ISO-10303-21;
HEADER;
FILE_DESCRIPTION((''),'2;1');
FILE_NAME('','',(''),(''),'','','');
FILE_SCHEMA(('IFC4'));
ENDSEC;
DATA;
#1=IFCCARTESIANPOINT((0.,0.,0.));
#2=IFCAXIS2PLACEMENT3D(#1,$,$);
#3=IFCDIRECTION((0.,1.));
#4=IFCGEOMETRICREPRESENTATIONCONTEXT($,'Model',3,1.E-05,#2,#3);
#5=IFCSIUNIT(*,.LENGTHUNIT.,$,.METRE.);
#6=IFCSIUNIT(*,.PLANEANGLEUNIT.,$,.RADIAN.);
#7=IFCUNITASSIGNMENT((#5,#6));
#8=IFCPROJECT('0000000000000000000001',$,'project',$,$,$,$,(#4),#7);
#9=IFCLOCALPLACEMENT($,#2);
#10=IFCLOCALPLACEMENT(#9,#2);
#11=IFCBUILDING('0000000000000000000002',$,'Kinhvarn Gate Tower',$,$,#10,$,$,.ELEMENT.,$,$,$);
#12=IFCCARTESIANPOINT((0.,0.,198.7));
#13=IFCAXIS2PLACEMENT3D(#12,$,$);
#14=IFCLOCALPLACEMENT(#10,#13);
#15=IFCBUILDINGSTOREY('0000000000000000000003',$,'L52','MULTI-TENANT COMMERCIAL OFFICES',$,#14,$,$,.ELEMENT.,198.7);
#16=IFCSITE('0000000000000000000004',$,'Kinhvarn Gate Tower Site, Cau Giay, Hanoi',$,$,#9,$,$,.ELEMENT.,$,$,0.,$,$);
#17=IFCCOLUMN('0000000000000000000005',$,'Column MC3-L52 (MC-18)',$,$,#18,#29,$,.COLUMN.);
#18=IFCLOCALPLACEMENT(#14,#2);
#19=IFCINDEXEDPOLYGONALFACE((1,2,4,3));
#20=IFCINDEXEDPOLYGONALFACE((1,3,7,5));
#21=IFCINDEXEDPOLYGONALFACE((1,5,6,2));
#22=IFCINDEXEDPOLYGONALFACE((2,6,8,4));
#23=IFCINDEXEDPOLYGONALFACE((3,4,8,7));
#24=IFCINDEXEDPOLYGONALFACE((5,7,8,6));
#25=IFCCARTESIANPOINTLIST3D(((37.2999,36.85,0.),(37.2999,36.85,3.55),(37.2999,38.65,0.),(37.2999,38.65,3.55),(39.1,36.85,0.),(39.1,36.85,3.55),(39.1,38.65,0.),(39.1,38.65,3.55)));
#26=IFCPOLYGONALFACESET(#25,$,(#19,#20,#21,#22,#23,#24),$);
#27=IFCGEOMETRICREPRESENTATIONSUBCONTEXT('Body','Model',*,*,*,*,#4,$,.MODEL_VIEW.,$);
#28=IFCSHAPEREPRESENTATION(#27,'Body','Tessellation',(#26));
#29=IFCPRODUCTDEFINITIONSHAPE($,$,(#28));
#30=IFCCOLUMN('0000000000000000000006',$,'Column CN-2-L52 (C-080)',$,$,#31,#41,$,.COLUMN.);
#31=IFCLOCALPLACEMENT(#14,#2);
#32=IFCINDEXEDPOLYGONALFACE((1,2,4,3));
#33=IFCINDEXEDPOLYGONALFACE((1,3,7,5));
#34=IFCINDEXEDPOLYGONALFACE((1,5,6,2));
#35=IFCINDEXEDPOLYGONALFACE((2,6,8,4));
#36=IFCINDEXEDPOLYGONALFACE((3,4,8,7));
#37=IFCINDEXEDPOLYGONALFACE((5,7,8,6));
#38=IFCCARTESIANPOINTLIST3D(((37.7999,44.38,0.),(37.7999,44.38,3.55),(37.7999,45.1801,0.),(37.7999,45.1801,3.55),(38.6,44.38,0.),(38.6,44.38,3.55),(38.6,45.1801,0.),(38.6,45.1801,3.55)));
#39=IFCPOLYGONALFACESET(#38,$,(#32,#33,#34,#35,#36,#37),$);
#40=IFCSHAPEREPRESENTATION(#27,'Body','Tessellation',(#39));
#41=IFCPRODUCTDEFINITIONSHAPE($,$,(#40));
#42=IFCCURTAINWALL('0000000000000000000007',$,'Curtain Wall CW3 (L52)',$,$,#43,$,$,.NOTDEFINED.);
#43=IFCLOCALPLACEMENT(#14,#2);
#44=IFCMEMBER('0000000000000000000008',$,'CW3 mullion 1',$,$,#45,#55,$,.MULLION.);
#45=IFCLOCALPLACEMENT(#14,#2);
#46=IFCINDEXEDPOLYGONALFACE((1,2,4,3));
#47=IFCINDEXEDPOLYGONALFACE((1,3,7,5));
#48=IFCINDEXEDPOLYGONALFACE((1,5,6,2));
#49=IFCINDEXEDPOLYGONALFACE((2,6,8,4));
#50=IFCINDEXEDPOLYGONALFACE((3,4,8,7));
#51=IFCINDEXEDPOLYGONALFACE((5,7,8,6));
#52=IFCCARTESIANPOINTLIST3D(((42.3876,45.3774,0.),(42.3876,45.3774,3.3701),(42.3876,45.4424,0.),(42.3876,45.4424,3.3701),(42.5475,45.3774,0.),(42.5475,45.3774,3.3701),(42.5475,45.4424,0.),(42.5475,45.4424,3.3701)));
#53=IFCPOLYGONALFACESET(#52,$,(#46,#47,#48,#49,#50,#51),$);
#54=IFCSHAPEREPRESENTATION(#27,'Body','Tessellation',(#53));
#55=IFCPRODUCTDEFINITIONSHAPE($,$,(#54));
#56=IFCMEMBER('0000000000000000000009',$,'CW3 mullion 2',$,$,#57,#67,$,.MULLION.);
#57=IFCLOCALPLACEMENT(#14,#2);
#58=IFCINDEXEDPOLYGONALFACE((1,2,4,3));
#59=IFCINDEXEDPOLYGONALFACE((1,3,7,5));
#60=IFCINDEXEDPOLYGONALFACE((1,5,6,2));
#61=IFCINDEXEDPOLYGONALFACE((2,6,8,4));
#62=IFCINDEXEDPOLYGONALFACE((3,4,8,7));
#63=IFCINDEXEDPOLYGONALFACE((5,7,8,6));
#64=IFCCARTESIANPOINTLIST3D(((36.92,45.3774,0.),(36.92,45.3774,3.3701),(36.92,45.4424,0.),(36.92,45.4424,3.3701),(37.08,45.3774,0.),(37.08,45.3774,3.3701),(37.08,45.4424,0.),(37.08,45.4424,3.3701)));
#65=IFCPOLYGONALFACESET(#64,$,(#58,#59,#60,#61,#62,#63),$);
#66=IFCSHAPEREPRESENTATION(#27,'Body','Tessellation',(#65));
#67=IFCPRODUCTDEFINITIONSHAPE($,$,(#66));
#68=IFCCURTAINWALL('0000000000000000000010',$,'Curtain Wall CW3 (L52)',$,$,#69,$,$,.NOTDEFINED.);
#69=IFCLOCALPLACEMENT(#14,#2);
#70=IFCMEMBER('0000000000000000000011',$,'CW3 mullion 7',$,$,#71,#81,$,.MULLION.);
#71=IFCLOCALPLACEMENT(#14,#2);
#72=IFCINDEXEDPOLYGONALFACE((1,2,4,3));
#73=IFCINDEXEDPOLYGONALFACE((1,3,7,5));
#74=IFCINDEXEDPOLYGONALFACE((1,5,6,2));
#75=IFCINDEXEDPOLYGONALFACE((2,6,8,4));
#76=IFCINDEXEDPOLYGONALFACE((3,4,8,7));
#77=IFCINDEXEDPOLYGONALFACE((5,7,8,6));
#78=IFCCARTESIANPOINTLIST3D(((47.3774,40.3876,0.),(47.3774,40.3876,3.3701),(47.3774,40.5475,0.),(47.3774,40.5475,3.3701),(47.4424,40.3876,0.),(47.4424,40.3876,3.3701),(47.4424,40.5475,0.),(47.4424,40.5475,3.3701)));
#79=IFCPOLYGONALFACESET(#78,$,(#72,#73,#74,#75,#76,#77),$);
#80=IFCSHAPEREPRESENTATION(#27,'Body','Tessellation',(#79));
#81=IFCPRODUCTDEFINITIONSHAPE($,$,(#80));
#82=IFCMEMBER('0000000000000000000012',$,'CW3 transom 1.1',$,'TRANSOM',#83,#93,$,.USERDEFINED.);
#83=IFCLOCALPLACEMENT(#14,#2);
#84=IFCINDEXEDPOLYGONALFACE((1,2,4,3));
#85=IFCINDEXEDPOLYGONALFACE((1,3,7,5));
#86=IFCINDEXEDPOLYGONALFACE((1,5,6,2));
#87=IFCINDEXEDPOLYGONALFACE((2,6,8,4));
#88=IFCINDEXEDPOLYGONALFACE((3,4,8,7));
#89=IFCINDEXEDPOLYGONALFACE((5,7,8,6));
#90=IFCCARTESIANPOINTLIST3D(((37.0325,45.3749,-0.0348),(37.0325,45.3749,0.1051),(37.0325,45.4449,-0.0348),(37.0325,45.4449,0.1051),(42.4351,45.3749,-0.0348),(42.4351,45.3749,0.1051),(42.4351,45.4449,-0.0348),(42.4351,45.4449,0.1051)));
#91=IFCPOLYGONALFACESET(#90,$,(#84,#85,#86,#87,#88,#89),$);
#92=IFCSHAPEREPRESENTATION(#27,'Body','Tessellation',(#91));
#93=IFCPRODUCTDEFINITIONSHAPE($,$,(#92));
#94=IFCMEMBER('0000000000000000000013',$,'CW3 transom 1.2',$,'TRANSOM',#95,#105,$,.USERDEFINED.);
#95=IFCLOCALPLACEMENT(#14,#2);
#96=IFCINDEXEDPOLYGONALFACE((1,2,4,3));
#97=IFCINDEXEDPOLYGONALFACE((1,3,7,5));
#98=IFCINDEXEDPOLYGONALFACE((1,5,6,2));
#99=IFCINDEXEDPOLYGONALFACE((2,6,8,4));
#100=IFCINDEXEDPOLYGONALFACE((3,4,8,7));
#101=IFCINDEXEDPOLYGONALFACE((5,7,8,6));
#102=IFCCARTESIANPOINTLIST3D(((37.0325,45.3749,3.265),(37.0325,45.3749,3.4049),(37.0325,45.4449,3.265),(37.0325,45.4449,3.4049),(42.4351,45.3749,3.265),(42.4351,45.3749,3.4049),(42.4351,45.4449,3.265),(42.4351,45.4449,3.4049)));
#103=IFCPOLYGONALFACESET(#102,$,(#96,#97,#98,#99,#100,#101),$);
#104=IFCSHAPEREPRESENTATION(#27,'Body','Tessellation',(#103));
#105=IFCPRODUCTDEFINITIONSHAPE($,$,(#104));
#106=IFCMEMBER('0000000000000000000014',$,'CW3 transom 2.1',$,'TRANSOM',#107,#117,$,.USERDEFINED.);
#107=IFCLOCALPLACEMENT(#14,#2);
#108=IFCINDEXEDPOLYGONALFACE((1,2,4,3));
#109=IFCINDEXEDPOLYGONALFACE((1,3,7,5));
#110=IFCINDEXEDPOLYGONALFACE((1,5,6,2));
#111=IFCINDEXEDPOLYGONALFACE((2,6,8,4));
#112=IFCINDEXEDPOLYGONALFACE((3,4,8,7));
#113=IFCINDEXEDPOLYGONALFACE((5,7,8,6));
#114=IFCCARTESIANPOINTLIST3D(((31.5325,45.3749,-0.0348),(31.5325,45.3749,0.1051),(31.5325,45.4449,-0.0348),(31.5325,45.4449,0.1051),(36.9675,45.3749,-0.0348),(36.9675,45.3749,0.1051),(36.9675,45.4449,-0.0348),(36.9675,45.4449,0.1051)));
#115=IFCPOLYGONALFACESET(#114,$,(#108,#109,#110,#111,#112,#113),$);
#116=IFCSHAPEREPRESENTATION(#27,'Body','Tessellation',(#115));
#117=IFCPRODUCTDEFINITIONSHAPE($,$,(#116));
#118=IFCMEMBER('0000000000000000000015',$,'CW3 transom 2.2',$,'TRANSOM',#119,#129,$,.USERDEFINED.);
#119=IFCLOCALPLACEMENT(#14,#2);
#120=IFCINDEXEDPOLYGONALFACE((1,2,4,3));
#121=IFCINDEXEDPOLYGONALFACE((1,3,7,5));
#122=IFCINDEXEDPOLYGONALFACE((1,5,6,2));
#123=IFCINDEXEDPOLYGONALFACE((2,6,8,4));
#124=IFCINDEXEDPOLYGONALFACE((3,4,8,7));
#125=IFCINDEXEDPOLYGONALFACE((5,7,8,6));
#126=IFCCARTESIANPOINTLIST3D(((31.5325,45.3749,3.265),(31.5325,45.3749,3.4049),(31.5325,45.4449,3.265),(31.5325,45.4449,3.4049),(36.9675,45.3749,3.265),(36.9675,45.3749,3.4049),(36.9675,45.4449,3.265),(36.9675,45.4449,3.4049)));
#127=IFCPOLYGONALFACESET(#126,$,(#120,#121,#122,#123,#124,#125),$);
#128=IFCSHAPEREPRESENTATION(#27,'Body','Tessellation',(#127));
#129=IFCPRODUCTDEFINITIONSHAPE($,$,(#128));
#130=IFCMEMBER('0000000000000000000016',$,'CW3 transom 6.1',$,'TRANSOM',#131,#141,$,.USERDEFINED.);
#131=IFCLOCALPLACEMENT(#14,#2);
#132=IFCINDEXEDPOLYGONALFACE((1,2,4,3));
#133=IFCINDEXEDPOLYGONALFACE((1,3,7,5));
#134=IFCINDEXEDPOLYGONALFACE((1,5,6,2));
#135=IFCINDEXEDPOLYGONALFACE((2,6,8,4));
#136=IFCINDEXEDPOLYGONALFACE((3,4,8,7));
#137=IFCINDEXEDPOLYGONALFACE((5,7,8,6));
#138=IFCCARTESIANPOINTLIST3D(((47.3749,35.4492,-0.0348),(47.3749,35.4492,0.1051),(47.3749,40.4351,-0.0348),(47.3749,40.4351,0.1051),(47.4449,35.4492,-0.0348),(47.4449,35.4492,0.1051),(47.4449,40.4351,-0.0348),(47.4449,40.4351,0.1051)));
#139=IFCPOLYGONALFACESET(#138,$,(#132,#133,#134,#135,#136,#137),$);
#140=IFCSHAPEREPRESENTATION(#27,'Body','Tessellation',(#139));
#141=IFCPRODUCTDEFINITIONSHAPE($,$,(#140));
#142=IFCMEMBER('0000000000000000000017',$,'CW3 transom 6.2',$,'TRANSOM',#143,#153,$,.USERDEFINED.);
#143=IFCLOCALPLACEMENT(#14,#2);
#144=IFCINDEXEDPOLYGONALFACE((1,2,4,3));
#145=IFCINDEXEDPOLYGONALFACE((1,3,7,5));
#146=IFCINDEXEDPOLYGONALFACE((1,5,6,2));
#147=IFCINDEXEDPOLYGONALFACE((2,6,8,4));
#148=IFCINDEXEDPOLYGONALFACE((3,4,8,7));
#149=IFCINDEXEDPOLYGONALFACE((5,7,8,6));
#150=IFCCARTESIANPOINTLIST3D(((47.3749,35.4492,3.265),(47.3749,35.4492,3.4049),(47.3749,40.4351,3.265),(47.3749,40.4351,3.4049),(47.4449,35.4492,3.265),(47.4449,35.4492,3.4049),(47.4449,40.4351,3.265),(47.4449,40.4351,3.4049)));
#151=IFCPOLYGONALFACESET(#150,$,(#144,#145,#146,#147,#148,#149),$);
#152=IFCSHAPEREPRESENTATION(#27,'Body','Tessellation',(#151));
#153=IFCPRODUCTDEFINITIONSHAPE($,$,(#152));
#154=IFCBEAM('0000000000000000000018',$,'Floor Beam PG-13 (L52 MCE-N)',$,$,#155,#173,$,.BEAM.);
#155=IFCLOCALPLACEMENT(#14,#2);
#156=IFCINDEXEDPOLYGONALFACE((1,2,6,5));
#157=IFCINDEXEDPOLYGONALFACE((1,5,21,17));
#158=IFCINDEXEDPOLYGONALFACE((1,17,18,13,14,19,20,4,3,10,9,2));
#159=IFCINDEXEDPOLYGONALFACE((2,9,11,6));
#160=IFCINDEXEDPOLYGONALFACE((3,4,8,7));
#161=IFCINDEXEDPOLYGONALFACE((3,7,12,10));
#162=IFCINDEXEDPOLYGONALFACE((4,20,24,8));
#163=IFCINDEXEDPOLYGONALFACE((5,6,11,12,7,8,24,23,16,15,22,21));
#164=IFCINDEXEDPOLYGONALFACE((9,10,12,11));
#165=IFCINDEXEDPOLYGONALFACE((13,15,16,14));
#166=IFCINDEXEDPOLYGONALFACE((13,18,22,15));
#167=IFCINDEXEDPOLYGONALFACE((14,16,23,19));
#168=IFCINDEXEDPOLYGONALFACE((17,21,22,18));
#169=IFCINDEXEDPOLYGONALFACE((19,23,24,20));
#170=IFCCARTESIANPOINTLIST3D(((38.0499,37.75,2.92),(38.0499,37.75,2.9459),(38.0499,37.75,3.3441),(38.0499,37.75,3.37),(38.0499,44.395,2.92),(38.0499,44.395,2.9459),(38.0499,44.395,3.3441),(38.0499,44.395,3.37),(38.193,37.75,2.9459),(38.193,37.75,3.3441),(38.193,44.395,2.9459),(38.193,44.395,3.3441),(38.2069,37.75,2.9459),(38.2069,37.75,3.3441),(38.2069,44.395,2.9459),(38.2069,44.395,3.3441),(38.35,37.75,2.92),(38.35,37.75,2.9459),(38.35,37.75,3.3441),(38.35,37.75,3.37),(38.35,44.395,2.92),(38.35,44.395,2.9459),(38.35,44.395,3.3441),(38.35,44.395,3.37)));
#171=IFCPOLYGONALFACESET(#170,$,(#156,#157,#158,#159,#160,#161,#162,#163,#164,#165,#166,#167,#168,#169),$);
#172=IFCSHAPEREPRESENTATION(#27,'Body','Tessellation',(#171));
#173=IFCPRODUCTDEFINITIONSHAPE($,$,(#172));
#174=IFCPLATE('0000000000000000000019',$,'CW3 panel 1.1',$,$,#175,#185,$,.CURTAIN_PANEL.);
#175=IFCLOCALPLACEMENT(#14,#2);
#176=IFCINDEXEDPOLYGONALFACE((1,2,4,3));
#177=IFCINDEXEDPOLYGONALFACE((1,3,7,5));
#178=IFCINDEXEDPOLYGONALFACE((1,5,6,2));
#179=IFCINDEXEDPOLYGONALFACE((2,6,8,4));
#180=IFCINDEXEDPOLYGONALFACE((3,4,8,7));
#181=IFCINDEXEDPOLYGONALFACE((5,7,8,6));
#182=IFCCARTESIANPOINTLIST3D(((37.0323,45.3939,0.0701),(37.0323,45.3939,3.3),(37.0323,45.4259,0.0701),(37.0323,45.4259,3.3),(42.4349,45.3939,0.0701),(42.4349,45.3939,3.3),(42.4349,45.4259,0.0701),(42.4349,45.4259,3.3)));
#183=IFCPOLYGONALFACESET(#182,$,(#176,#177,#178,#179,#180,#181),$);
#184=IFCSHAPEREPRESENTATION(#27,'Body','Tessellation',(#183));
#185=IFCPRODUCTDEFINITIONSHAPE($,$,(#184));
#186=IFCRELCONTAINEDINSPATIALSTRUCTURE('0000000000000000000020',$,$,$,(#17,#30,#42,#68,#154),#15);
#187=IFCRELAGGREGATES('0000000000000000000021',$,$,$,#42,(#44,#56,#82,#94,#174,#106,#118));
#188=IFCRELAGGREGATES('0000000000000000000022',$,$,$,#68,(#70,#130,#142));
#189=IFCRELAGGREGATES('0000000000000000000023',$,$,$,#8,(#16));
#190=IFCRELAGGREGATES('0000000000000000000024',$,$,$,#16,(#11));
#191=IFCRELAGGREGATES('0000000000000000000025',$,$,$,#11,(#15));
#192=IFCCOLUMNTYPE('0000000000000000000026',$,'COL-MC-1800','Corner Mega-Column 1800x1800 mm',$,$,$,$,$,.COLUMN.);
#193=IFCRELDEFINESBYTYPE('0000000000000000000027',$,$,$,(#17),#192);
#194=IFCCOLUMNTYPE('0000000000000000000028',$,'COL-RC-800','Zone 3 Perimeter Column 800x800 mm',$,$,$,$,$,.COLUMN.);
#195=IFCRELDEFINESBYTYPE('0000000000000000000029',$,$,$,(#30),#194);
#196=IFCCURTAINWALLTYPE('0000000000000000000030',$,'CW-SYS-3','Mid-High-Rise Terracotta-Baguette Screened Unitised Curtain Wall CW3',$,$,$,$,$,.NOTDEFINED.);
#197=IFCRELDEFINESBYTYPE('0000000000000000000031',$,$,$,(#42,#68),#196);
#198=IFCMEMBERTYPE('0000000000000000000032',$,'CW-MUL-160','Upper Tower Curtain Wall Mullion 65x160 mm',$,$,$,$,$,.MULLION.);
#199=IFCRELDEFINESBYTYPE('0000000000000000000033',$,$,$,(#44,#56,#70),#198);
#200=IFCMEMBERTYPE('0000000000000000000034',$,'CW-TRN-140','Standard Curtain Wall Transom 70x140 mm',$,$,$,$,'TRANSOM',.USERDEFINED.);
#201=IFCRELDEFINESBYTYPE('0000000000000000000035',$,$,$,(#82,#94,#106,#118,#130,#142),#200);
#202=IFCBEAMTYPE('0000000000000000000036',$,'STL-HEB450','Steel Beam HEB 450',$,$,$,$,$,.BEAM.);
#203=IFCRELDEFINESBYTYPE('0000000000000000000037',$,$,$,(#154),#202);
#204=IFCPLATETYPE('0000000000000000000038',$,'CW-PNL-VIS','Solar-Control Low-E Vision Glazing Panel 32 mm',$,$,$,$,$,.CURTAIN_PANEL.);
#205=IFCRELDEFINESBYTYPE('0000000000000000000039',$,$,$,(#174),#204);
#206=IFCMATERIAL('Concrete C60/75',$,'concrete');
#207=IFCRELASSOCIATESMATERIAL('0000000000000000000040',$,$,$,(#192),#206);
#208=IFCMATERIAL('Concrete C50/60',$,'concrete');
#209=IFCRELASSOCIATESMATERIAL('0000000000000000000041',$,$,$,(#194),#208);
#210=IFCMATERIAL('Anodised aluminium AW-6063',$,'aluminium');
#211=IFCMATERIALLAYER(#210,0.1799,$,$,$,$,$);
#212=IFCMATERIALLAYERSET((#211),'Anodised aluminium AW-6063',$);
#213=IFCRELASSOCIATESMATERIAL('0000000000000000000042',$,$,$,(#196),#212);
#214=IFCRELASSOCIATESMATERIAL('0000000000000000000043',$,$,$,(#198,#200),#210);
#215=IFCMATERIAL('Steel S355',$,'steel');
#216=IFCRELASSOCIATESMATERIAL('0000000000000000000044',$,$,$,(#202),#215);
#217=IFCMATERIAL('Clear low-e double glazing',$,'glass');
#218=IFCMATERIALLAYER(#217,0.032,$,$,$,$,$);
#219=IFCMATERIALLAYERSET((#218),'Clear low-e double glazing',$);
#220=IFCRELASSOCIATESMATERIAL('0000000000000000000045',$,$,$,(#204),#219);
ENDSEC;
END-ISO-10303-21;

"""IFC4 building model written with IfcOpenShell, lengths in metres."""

from ifc_helpers import new_model, si_unit, direction, frame, origin, origin_2d, place, context, subcontext, project, spatial, rectangle, i_section, extrude, material, layer, layer_set, material_profile, profile_set, type_object, element, aggregate, save


model = new_model("IFC4")

# Units and contexts
model_context = context("Model", 3, precision=1e-05, world=origin(), true_north=direction((0.0, 1.0)))
body_context = subcontext(model_context, "Body", "Model", "MODEL_VIEW")
ifc_project = project(units=[si_unit("LENGTHUNIT", "METRE"), si_unit("PLANEANGLEUNIT", "RADIAN")], contexts=[model_context])

# Site, building, storey
site_placement = place(None, origin())
site = spatial("IfcSite", under=ifc_project, at=site_placement, Name="Kinhvarn Gate Tower Site, Cau Giay, Hanoi", CompositionType="ELEMENT", RefElevation=0.0)
building_placement = place(site_placement, origin())
building = spatial("IfcBuilding", under=site, at=building_placement, Name="Kinhvarn Gate Tower", CompositionType="ELEMENT")
storey_placement = place(building_placement, frame((0.0, 0.0, 198.7)))
storey = spatial("IfcBuildingStorey", under=building, at=storey_placement, Name="L52", Description="MULTI-TENANT COMMERCIAL OFFICES", CompositionType="ELEMENT", Elevation=198.7)

# Columns
ifc_material_1 = material(Name="Concrete C60/75", Category="concrete")
ifc_material_profile_1 = material_profile(ifc_material_1, rectangle(XDim=1.8, YDim=1.8, at=origin_2d()), Name="RC 1800x1800")
ifc_profile_set_1 = profile_set([ifc_material_profile_1], Name="Concrete C60/75")
column_type_1 = type_object("IfcColumnType", Name="COL-MC-1800", Description="Corner Mega-Column 1800x1800 mm", PredefinedType="COLUMN", material=ifc_profile_set_1)
column_1_placement = place(storey_placement, frame((38.2, 37.75, 0.0), z_axis=(0.0, 0.0, 1.0), x_axis=(1.0, 0.0, 0.0)))
element("IfcColumn", 1, at=column_1_placement, inside=storey, type_object=column_type_1, Name="Column MC3-L52 (MC-18)", PredefinedType="COLUMN", context=body_context, shape_type="SweptSolid", body=[
    extrude(rectangle(XDim=1.8, YDim=1.8, at=origin_2d()), origin(), (0.0, 0.0, 1.0), 3.55),
])
ifc_material_2 = material(Name="Concrete C50/60", Category="concrete")
ifc_material_profile_2 = material_profile(ifc_material_2, rectangle(XDim=0.8, YDim=0.8, at=origin_2d()), Name="RC 800x800")
ifc_profile_set_2 = profile_set([ifc_material_profile_2], Name="Concrete C50/60")
column_type_2 = type_object("IfcColumnType", Name="COL-RC-800", Description="Zone 3 Perimeter Column 800x800 mm", PredefinedType="COLUMN", material=ifc_profile_set_2)
column_2_placement = place(storey_placement, frame((38.2, 44.78, 0.0), z_axis=(0.0, 0.0, 1.0), x_axis=(1.0, 0.0, 0.0)))
element("IfcColumn", 2, at=column_2_placement, inside=storey, type_object=column_type_2, Name="Column CN-2-L52 (C-080)", PredefinedType="COLUMN", context=body_context, shape_type="SweptSolid", body=[
    extrude(rectangle(XDim=0.8, YDim=0.8, at=origin_2d()), origin(), (0.0, 0.0, 1.0), 3.55),
])

# Curtain wall, members
ifc_material_3 = material(Name="Anodised aluminium AW-6063", Category="aluminium")
ifc_layer_1 = layer(ifc_material_3, 0.1799)
ifc_layer_set_1 = layer_set([ifc_layer_1], Name="Anodised aluminium AW-6063")
curtain_wall_type = type_object("IfcCurtainWallType", Name="CW-SYS-3", Description="Mid-High-Rise Terracotta-Baguette Screened Unitised Curtain Wall CW3", PredefinedType="NOTDEFINED", material=ifc_layer_set_1)
curtain_wall_1_placement = place(storey_placement, origin())
curtain_wall_1 = element("IfcCurtainWall", 3, at=curtain_wall_1_placement, inside=storey, type_object=curtain_wall_type, Name="Curtain Wall CW3 (L52)", PredefinedType="NOTDEFINED")
ifc_material_profile_3 = material_profile(ifc_material_3, rectangle(XDim=0.0649, YDim=0.1599, at=origin_2d()), Name="ALU 65x160")
ifc_profile_set_3 = profile_set([ifc_material_profile_3], Name="Anodised aluminium AW-6063")
member_type_1 = type_object("IfcMemberType", Name="CW-MUL-160", Description="Upper Tower Curtain Wall Mullion 65x160 mm", PredefinedType="MULLION", material=ifc_profile_set_3)
member_1_placement = place(storey_placement, frame((42.4675, 45.4099, 0.0), z_axis=(0.0, 0.0, 1.0), x_axis=(0.0, -1.0, 0.0)))
member_1 = element("IfcMember", 4, at=member_1_placement, type_object=member_type_1, Name="CW3 mullion 1", PredefinedType="MULLION", context=body_context, shape_type="SweptSolid", body=[
    extrude(rectangle(XDim=0.0649, YDim=0.1599, at=origin_2d()), origin(), (0.0, 0.0, 1.0), 3.3701),
])
member_2_placement = place(storey_placement, frame((37.0, 45.4099, 0.0), z_axis=(0.0, 0.0, 1.0), x_axis=(0.0, -1.0, 0.0)))
member_2 = element("IfcMember", 5, at=member_2_placement, type_object=member_type_1, Name="CW3 mullion 2", PredefinedType="MULLION", context=body_context, shape_type="SweptSolid", body=[
    extrude(rectangle(XDim=0.0649, YDim=0.1599, at=origin_2d()), origin(), (0.0, 0.0, 1.0), 3.3701),
])

# Curtain wall, member
curtain_wall_2_placement = place(storey_placement, origin())
curtain_wall_2 = element("IfcCurtainWall", 6, at=curtain_wall_2_placement, inside=storey, type_object=curtain_wall_type, Name="Curtain Wall CW3 (L52)", PredefinedType="NOTDEFINED")
member_3_placement = place(storey_placement, frame((47.4099, 40.4675, 0.0), z_axis=(0.0, 0.0, 1.0), x_axis=(-1.0, 0.0, 0.0)))
member_3 = element("IfcMember", 7, at=member_3_placement, type_object=member_type_1, Name="CW3 mullion 7", PredefinedType="MULLION", context=body_context, shape_type="SweptSolid", body=[
    extrude(rectangle(XDim=0.0649, YDim=0.1599, at=origin_2d()), origin(), (0.0, 0.0, 1.0), 3.3701),
])

# Members
ifc_material_profile_4 = material_profile(ifc_material_3, rectangle(XDim=0.0701, YDim=0.1399, at=origin_2d()), Name="ALU 70x140")
ifc_profile_set_4 = profile_set([ifc_material_profile_4], Name="Anodised aluminium AW-6063")
member_type_2 = type_object("IfcMemberType", Name="CW-TRN-140", Description="Standard Curtain Wall Transom 70x140 mm", ElementType="TRANSOM", PredefinedType="USERDEFINED", material=ifc_profile_set_4)
member_4_placement = place(storey_placement, frame((42.4351, 45.4099, 0.0352), z_axis=(-1.0, 0.0, 0.0), x_axis=(0.0, -1.0, 0.0)))
member_4 = element("IfcMember", 8, at=member_4_placement, type_object=member_type_2, Name="CW3 transom 1.1", ObjectType="TRANSOM", PredefinedType="USERDEFINED", context=body_context, shape_type="SweptSolid", body=[
    extrude(rectangle(XDim=0.0701, YDim=0.1399, at=origin_2d()), origin(), (0.0, 0.0, 1.0), 5.4026),
])
member_5_placement = place(storey_placement, frame((42.4351, 45.4099, 3.335), z_axis=(-1.0, 0.0, 0.0), x_axis=(0.0, -1.0, 0.0)))
member_5 = element("IfcMember", 9, at=member_5_placement, type_object=member_type_2, Name="CW3 transom 1.2", ObjectType="TRANSOM", PredefinedType="USERDEFINED", context=body_context, shape_type="SweptSolid", body=[
    extrude(rectangle(XDim=0.0701, YDim=0.1399, at=origin_2d()), origin(), (0.0, 0.0, 1.0), 5.4026),
])
member_6_placement = place(storey_placement, frame((36.9675, 45.4099, 0.0352), z_axis=(-1.0, 0.0, 0.0), x_axis=(0.0, -1.0, 0.0)))
member_6 = element("IfcMember", 10, at=member_6_placement, type_object=member_type_2, Name="CW3 transom 2.1", ObjectType="TRANSOM", PredefinedType="USERDEFINED", context=body_context, shape_type="SweptSolid", body=[
    extrude(rectangle(XDim=0.0701, YDim=0.1399, at=origin_2d()), origin(), (0.0, 0.0, 1.0), 5.4351),
])
member_7_placement = place(storey_placement, frame((36.9675, 45.4099, 3.335), z_axis=(-1.0, 0.0, 0.0), x_axis=(0.0, -1.0, 0.0)))
member_7 = element("IfcMember", 11, at=member_7_placement, type_object=member_type_2, Name="CW3 transom 2.2", ObjectType="TRANSOM", PredefinedType="USERDEFINED", context=body_context, shape_type="SweptSolid", body=[
    extrude(rectangle(XDim=0.0701, YDim=0.1399, at=origin_2d()), origin(), (0.0, 0.0, 1.0), 5.4351),
])
member_8_placement = place(storey_placement, frame((47.4099, 35.4492, 0.0352), z_axis=(0.0, 1.0, 0.0), x_axis=(-1.0, 0.0, 0.0)))
member_8 = element("IfcMember", 12, at=member_8_placement, type_object=member_type_2, Name="CW3 transom 6.1", ObjectType="TRANSOM", PredefinedType="USERDEFINED", context=body_context, shape_type="SweptSolid", body=[
    extrude(rectangle(XDim=0.0701, YDim=0.1399, at=origin_2d()), origin(), (0.0, 0.0, 1.0), 4.9858),
])
member_9_placement = place(storey_placement, frame((47.4099, 35.4492, 3.335), z_axis=(0.0, 1.0, 0.0), x_axis=(-1.0, 0.0, 0.0)))
member_9 = element("IfcMember", 13, at=member_9_placement, type_object=member_type_2, Name="CW3 transom 6.2", ObjectType="TRANSOM", PredefinedType="USERDEFINED", context=body_context, shape_type="SweptSolid", body=[
    extrude(rectangle(XDim=0.0701, YDim=0.1399, at=origin_2d()), origin(), (0.0, 0.0, 1.0), 4.9858),
])

# Beam
ifc_material_4 = material(Name="Steel S355", Category="steel")
ifc_material_profile_5 = material_profile(ifc_material_4, i_section(OverallWidth=0.3, OverallDepth=0.45, WebThickness=0.0139, FlangeThickness=0.0259, at=origin_2d()), Name="HEB 450")
ifc_profile_set_5 = profile_set([ifc_material_profile_5], Name="Steel S355")
beam_type = type_object("IfcBeamType", Name="STL-HEB450", Description="Steel Beam HEB 450", PredefinedType="BEAM", material=ifc_profile_set_5)
beam_placement = place(storey_placement, frame((38.2, 37.75, 3.145), z_axis=(0.0, 1.0, 0.0), x_axis=(-1.0, 0.0, 0.0)))
element("IfcBeam", 14, at=beam_placement, inside=storey, type_object=beam_type, Name="Floor Beam PG-13 (L52 MCE-N)", PredefinedType="BEAM", context=body_context, shape_type="SweptSolid", body=[
    extrude(i_section(OverallWidth=0.3, OverallDepth=0.45, WebThickness=0.0139, FlangeThickness=0.0259, at=origin_2d()), origin(), (0.0, 0.0, 1.0), 6.645),
])

# Plate
ifc_material_5 = material(Name="Clear low-e double glazing", Category="glass")
ifc_layer_2 = layer(ifc_material_5, 0.032)
ifc_layer_set_2 = layer_set([ifc_layer_2], Name="Clear low-e double glazing")
plate_type = type_object("IfcPlateType", Name="CW-PNL-VIS", Description="Solar-Control Low-E Vision Glazing Panel 32 mm", PredefinedType="CURTAIN_PANEL", material=ifc_layer_set_2)
plate_1_placement = place(storey_placement, frame((39.7336, 45.4099, 0.0701), z_axis=(0.0, 0.0, 1.0), x_axis=(-1.0, 0.0, 0.0)))
plate_1 = element("IfcPlate", 15, at=plate_1_placement, type_object=plate_type, Name="CW3 panel 1.1", PredefinedType="CURTAIN_PANEL", context=body_context, shape_type="SweptSolid", body=[
    extrude(rectangle(XDim=5.4026, YDim=0.032, at=origin_2d()), origin(), (0.0, 0.0, 1.0), 3.23),
])
aggregate(curtain_wall_1, [member_1, member_2, member_4, member_5, plate_1, member_6, member_7])
aggregate(curtain_wall_2, [member_3, member_8, member_9])

save(model, "model.ifc")
